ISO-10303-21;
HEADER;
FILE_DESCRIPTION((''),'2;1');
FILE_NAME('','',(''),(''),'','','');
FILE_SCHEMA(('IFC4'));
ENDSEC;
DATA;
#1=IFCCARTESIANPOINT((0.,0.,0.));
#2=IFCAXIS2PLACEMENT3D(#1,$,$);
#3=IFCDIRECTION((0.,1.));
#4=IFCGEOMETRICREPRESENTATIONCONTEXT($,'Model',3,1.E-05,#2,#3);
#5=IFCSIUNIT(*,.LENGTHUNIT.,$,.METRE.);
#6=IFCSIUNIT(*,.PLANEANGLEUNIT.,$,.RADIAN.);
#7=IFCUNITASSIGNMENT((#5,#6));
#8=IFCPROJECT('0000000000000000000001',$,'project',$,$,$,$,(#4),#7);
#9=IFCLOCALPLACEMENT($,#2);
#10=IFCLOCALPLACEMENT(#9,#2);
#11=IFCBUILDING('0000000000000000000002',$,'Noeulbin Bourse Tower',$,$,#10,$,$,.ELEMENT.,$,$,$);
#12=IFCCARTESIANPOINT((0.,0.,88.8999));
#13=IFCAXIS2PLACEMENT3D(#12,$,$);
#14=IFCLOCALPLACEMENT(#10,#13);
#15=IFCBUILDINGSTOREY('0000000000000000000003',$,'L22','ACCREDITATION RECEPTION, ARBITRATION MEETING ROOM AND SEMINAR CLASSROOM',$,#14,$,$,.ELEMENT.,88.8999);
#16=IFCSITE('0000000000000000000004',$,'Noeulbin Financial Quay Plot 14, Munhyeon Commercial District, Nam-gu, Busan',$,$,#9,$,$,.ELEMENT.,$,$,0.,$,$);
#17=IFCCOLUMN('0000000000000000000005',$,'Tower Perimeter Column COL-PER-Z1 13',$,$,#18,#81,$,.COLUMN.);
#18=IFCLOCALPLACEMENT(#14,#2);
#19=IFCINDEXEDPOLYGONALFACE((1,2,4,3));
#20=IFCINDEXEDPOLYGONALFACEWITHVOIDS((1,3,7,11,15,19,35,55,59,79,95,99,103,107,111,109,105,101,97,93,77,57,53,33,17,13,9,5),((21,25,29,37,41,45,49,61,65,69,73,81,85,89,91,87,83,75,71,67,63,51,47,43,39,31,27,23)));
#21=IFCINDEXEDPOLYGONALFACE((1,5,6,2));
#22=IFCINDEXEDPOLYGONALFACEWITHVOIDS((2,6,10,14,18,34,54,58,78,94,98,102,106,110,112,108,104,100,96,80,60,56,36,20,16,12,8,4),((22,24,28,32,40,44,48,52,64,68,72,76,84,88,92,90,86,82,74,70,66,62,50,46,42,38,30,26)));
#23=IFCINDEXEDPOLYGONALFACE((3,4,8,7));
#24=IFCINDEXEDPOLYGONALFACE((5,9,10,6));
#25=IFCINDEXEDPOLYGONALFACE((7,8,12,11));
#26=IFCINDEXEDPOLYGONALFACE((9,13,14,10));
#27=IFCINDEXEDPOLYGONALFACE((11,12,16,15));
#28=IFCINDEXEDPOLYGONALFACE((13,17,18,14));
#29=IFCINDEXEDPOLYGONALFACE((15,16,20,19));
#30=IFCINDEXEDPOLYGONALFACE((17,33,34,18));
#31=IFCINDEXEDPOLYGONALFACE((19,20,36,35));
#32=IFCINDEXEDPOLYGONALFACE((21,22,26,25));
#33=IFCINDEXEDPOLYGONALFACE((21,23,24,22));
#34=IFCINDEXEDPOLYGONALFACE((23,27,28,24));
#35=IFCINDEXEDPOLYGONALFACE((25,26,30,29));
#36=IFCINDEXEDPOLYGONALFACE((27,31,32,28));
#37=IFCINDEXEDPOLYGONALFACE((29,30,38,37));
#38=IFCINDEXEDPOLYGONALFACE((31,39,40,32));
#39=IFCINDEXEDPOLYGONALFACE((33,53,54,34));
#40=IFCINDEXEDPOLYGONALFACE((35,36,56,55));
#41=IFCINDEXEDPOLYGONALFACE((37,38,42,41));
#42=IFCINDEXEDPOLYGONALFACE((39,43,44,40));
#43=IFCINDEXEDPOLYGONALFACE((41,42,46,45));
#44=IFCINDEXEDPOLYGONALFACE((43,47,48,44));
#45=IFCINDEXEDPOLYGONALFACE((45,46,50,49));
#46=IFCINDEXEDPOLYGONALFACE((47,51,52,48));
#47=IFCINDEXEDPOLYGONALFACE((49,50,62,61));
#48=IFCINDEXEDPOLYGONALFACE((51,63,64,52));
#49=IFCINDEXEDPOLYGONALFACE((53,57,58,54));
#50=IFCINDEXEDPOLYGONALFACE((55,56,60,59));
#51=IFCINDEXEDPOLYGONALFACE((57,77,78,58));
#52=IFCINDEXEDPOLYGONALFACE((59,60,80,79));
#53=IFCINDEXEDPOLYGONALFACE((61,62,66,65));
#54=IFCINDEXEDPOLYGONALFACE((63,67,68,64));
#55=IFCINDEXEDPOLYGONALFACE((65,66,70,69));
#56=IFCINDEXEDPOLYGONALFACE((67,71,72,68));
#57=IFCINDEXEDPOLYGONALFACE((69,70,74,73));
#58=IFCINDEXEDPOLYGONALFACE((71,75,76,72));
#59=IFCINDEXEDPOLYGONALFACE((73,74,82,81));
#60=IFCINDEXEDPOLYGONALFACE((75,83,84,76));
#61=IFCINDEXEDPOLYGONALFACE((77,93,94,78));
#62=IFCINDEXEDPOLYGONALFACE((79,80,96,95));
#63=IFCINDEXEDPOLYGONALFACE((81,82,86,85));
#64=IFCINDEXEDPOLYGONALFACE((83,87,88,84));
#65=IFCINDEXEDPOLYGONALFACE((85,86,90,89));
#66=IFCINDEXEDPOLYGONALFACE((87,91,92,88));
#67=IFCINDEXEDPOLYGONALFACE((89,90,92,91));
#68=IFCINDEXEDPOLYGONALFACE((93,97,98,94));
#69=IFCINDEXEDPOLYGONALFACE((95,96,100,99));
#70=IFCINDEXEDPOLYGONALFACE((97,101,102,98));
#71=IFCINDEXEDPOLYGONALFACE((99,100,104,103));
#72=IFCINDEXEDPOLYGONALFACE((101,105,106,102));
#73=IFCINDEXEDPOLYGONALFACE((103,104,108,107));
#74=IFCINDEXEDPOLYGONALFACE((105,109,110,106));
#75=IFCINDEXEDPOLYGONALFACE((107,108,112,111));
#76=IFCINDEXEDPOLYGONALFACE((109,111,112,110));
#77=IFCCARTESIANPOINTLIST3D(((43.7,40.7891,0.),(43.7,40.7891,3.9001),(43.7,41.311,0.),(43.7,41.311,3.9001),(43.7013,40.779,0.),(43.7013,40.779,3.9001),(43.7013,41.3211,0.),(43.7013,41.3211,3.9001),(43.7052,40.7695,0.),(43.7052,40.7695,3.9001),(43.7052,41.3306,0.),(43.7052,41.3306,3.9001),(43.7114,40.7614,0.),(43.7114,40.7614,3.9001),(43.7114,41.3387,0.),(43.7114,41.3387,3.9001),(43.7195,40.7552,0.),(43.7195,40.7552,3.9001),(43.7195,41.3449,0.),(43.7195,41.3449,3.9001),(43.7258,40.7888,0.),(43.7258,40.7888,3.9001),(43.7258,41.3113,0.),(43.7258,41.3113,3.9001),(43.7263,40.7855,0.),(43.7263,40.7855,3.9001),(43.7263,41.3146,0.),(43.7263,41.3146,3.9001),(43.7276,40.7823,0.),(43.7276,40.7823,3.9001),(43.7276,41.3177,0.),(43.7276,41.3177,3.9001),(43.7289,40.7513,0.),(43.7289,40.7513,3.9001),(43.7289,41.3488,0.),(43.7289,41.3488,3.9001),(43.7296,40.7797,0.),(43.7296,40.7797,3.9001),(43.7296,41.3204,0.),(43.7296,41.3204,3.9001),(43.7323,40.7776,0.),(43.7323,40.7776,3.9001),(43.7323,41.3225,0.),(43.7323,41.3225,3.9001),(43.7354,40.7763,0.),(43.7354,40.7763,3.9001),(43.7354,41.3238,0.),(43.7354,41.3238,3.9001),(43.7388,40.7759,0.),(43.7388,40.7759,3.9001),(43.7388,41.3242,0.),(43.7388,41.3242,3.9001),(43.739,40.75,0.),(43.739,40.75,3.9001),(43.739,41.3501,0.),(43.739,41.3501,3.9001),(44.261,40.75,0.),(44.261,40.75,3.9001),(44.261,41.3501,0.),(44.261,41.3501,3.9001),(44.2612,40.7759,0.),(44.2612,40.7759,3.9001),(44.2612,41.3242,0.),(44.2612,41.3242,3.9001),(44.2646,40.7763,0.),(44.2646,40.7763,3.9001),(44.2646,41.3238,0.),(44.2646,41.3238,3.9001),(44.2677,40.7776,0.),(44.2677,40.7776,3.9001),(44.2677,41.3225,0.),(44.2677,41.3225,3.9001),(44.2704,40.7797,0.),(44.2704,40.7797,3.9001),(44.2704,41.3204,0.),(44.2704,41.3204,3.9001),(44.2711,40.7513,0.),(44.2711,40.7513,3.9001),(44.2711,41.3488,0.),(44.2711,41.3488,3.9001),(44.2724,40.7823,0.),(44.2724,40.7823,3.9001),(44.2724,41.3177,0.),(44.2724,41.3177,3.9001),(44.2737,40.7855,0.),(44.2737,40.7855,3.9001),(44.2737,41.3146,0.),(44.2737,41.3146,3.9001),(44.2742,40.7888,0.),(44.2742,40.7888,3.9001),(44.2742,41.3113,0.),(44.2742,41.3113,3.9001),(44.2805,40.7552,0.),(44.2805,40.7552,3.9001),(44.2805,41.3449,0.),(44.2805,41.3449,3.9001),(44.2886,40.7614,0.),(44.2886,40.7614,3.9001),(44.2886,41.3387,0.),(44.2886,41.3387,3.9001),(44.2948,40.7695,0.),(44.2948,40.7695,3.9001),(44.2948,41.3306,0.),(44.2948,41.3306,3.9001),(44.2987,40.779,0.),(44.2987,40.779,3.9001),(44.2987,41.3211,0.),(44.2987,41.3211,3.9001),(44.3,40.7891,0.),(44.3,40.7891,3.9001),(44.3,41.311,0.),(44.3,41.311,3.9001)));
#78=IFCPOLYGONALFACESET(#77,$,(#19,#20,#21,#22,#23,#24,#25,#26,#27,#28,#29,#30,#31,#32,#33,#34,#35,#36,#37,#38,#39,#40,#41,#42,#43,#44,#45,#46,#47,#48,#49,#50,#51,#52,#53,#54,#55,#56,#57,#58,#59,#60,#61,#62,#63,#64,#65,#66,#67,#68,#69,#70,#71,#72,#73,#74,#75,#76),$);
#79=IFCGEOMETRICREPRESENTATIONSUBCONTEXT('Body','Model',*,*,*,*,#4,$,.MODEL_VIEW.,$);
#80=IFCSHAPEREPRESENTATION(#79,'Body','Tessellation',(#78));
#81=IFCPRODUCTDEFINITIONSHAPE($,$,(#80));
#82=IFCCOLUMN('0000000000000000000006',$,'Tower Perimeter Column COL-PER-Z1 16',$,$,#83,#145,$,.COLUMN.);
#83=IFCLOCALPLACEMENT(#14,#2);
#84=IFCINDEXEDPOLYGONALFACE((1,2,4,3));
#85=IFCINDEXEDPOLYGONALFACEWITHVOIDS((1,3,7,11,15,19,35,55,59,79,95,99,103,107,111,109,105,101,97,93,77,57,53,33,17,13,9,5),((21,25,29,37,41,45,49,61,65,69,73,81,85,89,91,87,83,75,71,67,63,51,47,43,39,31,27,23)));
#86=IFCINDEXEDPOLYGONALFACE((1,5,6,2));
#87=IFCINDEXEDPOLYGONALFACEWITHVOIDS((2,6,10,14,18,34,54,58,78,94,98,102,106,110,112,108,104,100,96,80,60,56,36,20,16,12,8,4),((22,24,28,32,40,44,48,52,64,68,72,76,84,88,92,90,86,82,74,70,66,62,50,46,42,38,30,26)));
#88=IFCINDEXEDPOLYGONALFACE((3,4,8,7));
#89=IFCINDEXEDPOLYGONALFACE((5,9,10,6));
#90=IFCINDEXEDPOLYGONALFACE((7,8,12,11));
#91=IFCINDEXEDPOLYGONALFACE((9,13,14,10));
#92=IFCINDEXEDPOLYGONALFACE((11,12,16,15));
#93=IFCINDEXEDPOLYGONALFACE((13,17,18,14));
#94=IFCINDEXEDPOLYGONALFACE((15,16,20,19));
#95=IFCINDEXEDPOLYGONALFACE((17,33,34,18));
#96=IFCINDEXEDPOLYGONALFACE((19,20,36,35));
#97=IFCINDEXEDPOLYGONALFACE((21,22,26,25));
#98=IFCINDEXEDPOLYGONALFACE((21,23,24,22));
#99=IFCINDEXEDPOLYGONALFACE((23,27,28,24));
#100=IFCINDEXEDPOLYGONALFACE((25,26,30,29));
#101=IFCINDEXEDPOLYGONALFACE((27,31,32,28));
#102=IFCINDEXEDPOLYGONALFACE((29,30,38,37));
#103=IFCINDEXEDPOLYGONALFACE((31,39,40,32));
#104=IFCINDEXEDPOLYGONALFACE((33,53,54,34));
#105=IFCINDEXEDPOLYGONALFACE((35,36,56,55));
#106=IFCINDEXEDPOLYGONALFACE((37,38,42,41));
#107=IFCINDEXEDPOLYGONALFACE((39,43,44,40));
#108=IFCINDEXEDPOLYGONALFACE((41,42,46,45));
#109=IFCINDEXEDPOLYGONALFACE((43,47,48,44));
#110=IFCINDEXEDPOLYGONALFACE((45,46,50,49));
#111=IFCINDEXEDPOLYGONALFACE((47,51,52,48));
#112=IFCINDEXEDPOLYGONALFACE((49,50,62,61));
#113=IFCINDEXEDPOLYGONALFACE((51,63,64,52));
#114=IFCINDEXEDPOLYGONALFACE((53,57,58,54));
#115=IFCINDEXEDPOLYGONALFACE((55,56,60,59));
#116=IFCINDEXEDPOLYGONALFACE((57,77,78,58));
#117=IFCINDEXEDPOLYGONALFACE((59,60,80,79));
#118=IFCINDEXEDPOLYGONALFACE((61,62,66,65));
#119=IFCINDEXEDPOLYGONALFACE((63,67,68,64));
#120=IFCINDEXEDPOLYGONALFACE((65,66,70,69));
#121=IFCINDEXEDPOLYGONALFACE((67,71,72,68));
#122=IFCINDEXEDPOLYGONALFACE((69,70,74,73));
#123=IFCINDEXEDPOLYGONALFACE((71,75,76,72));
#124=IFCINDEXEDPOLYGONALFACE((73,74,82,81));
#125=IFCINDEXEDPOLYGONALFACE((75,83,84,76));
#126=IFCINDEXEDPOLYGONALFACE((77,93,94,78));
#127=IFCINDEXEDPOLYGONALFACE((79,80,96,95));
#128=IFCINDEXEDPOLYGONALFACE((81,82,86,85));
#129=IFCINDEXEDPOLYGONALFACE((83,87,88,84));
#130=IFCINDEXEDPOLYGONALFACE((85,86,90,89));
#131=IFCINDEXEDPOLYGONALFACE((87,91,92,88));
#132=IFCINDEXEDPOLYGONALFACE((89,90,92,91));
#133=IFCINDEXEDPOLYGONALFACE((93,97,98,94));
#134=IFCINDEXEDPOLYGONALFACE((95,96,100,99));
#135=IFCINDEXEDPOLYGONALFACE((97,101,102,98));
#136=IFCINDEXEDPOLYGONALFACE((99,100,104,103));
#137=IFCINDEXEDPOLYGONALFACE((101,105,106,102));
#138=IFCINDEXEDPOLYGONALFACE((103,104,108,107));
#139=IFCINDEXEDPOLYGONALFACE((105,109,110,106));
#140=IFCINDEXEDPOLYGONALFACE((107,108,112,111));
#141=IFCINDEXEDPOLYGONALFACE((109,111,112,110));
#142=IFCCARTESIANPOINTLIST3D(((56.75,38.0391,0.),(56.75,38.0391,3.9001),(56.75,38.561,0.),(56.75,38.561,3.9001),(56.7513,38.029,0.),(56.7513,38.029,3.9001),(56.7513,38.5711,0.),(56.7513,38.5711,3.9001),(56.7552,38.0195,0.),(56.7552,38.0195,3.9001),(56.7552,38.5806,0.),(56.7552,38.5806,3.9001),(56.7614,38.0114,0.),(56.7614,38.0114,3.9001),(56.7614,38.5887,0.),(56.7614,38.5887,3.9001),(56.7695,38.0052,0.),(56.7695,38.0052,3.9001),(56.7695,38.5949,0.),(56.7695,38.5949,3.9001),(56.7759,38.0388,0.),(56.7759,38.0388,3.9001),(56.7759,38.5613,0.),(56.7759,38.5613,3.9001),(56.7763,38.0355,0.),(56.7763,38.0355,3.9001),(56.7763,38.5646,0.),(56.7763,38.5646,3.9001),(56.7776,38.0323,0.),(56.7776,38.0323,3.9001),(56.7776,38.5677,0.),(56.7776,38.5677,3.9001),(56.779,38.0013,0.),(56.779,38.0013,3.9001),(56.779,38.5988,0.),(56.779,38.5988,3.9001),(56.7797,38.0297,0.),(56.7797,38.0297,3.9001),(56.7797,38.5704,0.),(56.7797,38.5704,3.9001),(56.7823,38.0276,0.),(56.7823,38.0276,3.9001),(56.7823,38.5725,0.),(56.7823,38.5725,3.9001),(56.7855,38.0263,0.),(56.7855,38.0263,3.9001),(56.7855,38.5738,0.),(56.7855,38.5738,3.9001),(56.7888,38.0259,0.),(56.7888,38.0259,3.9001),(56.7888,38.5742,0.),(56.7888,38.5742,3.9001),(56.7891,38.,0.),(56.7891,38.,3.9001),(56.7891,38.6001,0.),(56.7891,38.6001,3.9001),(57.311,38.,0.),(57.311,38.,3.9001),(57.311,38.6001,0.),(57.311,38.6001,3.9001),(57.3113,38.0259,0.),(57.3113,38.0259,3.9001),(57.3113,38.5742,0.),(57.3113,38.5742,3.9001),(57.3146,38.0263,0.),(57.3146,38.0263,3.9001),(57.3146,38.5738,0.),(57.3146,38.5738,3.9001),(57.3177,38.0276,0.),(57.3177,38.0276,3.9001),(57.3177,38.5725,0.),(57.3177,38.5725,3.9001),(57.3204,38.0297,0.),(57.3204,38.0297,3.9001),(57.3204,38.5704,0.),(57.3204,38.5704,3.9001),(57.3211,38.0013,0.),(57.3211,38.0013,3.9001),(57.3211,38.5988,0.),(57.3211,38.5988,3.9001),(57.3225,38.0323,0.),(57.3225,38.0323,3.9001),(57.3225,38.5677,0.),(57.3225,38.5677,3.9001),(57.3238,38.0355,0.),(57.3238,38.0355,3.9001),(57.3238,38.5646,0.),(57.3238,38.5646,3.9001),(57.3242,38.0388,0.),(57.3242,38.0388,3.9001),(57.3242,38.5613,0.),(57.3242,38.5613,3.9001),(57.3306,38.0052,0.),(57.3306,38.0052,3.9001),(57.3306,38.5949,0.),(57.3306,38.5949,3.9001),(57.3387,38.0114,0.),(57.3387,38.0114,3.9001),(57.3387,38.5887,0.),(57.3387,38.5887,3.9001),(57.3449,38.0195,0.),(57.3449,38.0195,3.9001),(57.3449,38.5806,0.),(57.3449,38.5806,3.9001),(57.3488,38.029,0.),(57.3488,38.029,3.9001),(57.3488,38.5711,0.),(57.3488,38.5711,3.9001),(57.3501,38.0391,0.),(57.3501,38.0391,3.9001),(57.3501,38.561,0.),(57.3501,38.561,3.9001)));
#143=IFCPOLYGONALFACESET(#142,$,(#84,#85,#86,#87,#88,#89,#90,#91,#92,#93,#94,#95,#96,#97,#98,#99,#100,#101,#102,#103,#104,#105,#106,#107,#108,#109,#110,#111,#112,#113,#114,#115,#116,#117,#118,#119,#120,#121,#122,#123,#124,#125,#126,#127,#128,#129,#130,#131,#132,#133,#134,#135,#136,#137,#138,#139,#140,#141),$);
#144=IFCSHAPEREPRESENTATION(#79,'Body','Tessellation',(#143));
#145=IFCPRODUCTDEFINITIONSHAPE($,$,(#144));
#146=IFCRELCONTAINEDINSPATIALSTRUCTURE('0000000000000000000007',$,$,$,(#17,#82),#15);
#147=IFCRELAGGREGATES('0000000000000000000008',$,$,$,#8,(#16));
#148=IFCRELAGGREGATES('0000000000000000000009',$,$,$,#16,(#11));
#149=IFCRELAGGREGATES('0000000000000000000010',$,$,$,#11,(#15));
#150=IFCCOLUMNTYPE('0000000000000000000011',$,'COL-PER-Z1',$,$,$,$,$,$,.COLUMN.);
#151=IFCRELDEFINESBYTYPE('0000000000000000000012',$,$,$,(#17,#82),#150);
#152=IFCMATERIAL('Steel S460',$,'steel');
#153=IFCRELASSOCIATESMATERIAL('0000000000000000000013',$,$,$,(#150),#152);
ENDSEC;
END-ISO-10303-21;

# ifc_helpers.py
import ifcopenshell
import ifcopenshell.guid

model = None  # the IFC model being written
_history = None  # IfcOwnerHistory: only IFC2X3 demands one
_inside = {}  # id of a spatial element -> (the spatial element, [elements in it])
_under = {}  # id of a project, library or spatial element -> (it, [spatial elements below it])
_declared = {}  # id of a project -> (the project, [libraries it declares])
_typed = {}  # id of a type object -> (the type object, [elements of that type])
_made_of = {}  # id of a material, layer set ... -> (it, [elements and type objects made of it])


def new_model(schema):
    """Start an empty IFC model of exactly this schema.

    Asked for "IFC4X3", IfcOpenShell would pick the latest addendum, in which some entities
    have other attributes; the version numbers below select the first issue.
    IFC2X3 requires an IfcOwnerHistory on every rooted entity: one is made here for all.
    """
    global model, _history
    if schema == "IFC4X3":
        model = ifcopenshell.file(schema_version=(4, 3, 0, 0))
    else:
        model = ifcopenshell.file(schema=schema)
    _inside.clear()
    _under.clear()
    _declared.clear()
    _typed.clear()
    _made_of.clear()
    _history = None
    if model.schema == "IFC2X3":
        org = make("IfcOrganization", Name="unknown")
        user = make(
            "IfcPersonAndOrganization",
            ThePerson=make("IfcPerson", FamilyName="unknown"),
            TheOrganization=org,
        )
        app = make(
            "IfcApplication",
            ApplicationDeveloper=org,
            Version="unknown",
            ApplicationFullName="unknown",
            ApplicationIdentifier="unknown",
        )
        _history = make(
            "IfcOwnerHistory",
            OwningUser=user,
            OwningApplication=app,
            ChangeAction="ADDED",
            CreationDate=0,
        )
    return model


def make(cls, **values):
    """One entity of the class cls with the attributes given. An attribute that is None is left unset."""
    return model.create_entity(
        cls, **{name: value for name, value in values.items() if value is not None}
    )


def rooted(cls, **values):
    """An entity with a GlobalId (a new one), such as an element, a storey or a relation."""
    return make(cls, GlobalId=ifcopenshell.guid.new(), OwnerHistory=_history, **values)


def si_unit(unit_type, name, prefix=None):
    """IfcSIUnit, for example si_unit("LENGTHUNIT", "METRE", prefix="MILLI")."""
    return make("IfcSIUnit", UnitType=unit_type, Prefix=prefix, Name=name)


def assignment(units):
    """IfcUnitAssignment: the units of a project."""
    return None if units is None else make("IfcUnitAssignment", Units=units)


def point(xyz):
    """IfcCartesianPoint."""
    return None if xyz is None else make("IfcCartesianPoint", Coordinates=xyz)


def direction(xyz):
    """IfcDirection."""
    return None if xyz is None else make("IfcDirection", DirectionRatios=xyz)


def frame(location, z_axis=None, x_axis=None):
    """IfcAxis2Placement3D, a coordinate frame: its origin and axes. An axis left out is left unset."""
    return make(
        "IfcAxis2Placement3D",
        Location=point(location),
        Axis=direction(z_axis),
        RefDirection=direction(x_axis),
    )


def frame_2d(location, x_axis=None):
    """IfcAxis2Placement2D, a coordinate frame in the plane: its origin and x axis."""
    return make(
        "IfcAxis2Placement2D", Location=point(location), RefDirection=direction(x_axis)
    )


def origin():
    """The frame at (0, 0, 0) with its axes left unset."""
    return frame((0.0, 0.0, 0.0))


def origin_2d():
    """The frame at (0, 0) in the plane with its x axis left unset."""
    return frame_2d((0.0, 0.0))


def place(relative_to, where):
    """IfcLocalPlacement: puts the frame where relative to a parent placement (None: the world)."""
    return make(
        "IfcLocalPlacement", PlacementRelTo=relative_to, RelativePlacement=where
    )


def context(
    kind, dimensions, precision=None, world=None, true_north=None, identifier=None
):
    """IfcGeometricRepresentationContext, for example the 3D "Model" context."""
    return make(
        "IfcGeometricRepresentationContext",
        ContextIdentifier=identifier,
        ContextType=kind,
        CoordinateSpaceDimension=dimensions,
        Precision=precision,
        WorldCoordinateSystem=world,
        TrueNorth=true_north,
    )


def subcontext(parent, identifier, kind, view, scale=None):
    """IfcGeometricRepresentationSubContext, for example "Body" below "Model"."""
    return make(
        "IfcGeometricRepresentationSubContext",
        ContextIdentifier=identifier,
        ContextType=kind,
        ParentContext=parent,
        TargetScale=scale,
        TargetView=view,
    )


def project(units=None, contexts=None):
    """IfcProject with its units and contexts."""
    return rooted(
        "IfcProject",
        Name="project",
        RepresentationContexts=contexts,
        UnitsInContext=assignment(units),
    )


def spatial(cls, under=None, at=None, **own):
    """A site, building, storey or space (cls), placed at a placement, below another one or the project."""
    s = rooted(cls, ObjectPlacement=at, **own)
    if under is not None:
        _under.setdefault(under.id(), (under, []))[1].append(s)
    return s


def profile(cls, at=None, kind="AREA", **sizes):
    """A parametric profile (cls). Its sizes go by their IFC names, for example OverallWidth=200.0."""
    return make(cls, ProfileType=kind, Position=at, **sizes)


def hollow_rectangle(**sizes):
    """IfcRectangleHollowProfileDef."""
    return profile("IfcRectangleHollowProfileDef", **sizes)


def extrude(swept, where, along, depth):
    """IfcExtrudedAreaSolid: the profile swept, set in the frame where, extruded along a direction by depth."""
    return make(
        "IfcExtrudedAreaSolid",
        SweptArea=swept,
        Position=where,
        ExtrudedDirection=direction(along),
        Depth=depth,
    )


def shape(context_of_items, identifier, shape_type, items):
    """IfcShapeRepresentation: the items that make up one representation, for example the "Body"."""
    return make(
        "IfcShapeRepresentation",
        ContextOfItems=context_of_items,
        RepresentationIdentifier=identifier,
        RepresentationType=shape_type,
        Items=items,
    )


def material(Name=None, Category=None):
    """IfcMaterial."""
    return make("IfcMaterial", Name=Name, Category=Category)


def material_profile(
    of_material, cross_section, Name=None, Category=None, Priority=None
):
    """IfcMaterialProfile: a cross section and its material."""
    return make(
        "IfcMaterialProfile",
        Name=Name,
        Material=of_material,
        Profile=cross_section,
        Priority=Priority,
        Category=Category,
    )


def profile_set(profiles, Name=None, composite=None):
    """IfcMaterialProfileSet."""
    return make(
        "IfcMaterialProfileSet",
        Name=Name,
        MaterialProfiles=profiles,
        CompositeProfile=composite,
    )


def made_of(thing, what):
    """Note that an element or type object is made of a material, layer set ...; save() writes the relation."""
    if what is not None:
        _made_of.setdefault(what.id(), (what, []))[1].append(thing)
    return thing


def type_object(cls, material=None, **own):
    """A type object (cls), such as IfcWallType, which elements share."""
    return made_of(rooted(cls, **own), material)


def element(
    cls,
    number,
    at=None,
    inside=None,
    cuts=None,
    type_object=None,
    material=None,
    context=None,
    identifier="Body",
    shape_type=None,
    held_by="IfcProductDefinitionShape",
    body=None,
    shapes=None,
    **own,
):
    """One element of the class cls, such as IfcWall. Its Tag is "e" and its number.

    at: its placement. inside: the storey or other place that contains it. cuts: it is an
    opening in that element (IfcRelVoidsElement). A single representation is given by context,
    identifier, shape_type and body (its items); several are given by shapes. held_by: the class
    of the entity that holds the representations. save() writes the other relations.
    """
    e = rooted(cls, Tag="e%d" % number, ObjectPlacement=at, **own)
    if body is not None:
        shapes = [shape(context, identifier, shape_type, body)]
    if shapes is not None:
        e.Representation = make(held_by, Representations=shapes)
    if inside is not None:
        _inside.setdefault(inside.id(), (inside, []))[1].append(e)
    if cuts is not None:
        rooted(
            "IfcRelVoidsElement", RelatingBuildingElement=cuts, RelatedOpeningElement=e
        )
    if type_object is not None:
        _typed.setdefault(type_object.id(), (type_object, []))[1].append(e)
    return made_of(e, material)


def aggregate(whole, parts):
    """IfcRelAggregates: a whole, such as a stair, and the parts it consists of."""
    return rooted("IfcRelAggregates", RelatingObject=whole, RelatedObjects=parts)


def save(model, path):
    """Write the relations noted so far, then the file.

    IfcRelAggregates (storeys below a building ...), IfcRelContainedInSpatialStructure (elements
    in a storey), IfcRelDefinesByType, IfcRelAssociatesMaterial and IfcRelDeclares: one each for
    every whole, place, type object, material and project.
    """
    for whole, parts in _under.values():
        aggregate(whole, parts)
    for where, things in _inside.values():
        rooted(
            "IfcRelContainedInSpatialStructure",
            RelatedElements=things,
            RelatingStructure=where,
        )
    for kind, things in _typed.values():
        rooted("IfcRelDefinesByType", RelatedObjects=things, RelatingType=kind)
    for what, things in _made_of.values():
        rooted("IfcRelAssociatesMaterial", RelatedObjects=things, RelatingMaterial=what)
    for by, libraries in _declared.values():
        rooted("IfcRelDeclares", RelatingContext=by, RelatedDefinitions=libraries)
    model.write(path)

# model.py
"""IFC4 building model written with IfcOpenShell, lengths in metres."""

from ifc_helpers import new_model, si_unit, direction, frame, origin, origin_2d, place, context, subcontext, project, spatial, hollow_rectangle, extrude, material, material_profile, profile_set, type_object, element, save


model = new_model("IFC4")

# Units and contexts
model_context = context("Model", 3, precision=1e-05, world=origin(), true_north=direction((0.0, 1.0)))
body_context = subcontext(model_context, "Body", "Model", "MODEL_VIEW")
ifc_project = project(units=[si_unit("LENGTHUNIT", "METRE"), si_unit("PLANEANGLEUNIT", "RADIAN")], contexts=[model_context])

# Site, building, storey
site_placement = place(None, origin())
site = spatial("IfcSite", under=ifc_project, at=site_placement, Name="Noeulbin Financial Quay Plot 14, Munhyeon Commercial District, Nam-gu, Busan", CompositionType="ELEMENT", RefElevation=0.0)
building_placement = place(site_placement, origin())
building = spatial("IfcBuilding", under=site, at=building_placement, Name="Noeulbin Bourse Tower", CompositionType="ELEMENT")
storey_placement = place(building_placement, frame((0.0, 0.0, 88.8999)))
storey = spatial("IfcBuildingStorey", under=building, at=storey_placement, Name="L22", Description="ACCREDITATION RECEPTION, ARBITRATION MEETING ROOM AND SEMINAR CLASSROOM", CompositionType="ELEMENT", Elevation=88.8999)

# Columns
ifc_material_1 = material(Name="Steel S460", Category="steel")
ifc_material_profile_1 = material_profile(ifc_material_1, hollow_rectangle(XDim=0.6001, YDim=0.6001, WallThickness=0.0259, InnerFilletRadius=0.0129, OuterFilletRadius=0.0391, at=origin_2d()), Name="BOX-600x600x26", Category="LoadBearing")
ifc_profile_set_1 = profile_set([ifc_material_profile_1], Name="Steel S460")
column_type_1 = type_object("IfcColumnType", Name="COL-PER-Z1", PredefinedType="COLUMN", material=ifc_profile_set_1)
for number, where, z_axis, x_axis, name in (
    (1, (44.0, 41.05, 0.0), (0.0, 0.0, 1.0), (1.0, 0.0, 0.0), "Tower Perimeter Column COL-PER-Z1 13"),
    (2, (57.05, 38.3, 0.0), (0.0, 0.0, 1.0), (1.0, 0.0, 0.0), "Tower Perimeter Column COL-PER-Z1 16"),
):
    element("IfcColumn", number, at=place(storey_placement, frame(where, z_axis=z_axis, x_axis=x_axis)), inside=storey, type_object=column_type_1, Name=name, PredefinedType="COLUMN", context=body_context, shape_type="SweptSolid", body=[
        extrude(hollow_rectangle(XDim=0.6001, YDim=0.6001, WallThickness=0.0259, InnerFilletRadius=0.0129, OuterFilletRadius=0.0391, at=origin_2d()), origin(), (0.0, 0.0, 1.0), 3.9001),
    ])

save(model, "model.ifc")
